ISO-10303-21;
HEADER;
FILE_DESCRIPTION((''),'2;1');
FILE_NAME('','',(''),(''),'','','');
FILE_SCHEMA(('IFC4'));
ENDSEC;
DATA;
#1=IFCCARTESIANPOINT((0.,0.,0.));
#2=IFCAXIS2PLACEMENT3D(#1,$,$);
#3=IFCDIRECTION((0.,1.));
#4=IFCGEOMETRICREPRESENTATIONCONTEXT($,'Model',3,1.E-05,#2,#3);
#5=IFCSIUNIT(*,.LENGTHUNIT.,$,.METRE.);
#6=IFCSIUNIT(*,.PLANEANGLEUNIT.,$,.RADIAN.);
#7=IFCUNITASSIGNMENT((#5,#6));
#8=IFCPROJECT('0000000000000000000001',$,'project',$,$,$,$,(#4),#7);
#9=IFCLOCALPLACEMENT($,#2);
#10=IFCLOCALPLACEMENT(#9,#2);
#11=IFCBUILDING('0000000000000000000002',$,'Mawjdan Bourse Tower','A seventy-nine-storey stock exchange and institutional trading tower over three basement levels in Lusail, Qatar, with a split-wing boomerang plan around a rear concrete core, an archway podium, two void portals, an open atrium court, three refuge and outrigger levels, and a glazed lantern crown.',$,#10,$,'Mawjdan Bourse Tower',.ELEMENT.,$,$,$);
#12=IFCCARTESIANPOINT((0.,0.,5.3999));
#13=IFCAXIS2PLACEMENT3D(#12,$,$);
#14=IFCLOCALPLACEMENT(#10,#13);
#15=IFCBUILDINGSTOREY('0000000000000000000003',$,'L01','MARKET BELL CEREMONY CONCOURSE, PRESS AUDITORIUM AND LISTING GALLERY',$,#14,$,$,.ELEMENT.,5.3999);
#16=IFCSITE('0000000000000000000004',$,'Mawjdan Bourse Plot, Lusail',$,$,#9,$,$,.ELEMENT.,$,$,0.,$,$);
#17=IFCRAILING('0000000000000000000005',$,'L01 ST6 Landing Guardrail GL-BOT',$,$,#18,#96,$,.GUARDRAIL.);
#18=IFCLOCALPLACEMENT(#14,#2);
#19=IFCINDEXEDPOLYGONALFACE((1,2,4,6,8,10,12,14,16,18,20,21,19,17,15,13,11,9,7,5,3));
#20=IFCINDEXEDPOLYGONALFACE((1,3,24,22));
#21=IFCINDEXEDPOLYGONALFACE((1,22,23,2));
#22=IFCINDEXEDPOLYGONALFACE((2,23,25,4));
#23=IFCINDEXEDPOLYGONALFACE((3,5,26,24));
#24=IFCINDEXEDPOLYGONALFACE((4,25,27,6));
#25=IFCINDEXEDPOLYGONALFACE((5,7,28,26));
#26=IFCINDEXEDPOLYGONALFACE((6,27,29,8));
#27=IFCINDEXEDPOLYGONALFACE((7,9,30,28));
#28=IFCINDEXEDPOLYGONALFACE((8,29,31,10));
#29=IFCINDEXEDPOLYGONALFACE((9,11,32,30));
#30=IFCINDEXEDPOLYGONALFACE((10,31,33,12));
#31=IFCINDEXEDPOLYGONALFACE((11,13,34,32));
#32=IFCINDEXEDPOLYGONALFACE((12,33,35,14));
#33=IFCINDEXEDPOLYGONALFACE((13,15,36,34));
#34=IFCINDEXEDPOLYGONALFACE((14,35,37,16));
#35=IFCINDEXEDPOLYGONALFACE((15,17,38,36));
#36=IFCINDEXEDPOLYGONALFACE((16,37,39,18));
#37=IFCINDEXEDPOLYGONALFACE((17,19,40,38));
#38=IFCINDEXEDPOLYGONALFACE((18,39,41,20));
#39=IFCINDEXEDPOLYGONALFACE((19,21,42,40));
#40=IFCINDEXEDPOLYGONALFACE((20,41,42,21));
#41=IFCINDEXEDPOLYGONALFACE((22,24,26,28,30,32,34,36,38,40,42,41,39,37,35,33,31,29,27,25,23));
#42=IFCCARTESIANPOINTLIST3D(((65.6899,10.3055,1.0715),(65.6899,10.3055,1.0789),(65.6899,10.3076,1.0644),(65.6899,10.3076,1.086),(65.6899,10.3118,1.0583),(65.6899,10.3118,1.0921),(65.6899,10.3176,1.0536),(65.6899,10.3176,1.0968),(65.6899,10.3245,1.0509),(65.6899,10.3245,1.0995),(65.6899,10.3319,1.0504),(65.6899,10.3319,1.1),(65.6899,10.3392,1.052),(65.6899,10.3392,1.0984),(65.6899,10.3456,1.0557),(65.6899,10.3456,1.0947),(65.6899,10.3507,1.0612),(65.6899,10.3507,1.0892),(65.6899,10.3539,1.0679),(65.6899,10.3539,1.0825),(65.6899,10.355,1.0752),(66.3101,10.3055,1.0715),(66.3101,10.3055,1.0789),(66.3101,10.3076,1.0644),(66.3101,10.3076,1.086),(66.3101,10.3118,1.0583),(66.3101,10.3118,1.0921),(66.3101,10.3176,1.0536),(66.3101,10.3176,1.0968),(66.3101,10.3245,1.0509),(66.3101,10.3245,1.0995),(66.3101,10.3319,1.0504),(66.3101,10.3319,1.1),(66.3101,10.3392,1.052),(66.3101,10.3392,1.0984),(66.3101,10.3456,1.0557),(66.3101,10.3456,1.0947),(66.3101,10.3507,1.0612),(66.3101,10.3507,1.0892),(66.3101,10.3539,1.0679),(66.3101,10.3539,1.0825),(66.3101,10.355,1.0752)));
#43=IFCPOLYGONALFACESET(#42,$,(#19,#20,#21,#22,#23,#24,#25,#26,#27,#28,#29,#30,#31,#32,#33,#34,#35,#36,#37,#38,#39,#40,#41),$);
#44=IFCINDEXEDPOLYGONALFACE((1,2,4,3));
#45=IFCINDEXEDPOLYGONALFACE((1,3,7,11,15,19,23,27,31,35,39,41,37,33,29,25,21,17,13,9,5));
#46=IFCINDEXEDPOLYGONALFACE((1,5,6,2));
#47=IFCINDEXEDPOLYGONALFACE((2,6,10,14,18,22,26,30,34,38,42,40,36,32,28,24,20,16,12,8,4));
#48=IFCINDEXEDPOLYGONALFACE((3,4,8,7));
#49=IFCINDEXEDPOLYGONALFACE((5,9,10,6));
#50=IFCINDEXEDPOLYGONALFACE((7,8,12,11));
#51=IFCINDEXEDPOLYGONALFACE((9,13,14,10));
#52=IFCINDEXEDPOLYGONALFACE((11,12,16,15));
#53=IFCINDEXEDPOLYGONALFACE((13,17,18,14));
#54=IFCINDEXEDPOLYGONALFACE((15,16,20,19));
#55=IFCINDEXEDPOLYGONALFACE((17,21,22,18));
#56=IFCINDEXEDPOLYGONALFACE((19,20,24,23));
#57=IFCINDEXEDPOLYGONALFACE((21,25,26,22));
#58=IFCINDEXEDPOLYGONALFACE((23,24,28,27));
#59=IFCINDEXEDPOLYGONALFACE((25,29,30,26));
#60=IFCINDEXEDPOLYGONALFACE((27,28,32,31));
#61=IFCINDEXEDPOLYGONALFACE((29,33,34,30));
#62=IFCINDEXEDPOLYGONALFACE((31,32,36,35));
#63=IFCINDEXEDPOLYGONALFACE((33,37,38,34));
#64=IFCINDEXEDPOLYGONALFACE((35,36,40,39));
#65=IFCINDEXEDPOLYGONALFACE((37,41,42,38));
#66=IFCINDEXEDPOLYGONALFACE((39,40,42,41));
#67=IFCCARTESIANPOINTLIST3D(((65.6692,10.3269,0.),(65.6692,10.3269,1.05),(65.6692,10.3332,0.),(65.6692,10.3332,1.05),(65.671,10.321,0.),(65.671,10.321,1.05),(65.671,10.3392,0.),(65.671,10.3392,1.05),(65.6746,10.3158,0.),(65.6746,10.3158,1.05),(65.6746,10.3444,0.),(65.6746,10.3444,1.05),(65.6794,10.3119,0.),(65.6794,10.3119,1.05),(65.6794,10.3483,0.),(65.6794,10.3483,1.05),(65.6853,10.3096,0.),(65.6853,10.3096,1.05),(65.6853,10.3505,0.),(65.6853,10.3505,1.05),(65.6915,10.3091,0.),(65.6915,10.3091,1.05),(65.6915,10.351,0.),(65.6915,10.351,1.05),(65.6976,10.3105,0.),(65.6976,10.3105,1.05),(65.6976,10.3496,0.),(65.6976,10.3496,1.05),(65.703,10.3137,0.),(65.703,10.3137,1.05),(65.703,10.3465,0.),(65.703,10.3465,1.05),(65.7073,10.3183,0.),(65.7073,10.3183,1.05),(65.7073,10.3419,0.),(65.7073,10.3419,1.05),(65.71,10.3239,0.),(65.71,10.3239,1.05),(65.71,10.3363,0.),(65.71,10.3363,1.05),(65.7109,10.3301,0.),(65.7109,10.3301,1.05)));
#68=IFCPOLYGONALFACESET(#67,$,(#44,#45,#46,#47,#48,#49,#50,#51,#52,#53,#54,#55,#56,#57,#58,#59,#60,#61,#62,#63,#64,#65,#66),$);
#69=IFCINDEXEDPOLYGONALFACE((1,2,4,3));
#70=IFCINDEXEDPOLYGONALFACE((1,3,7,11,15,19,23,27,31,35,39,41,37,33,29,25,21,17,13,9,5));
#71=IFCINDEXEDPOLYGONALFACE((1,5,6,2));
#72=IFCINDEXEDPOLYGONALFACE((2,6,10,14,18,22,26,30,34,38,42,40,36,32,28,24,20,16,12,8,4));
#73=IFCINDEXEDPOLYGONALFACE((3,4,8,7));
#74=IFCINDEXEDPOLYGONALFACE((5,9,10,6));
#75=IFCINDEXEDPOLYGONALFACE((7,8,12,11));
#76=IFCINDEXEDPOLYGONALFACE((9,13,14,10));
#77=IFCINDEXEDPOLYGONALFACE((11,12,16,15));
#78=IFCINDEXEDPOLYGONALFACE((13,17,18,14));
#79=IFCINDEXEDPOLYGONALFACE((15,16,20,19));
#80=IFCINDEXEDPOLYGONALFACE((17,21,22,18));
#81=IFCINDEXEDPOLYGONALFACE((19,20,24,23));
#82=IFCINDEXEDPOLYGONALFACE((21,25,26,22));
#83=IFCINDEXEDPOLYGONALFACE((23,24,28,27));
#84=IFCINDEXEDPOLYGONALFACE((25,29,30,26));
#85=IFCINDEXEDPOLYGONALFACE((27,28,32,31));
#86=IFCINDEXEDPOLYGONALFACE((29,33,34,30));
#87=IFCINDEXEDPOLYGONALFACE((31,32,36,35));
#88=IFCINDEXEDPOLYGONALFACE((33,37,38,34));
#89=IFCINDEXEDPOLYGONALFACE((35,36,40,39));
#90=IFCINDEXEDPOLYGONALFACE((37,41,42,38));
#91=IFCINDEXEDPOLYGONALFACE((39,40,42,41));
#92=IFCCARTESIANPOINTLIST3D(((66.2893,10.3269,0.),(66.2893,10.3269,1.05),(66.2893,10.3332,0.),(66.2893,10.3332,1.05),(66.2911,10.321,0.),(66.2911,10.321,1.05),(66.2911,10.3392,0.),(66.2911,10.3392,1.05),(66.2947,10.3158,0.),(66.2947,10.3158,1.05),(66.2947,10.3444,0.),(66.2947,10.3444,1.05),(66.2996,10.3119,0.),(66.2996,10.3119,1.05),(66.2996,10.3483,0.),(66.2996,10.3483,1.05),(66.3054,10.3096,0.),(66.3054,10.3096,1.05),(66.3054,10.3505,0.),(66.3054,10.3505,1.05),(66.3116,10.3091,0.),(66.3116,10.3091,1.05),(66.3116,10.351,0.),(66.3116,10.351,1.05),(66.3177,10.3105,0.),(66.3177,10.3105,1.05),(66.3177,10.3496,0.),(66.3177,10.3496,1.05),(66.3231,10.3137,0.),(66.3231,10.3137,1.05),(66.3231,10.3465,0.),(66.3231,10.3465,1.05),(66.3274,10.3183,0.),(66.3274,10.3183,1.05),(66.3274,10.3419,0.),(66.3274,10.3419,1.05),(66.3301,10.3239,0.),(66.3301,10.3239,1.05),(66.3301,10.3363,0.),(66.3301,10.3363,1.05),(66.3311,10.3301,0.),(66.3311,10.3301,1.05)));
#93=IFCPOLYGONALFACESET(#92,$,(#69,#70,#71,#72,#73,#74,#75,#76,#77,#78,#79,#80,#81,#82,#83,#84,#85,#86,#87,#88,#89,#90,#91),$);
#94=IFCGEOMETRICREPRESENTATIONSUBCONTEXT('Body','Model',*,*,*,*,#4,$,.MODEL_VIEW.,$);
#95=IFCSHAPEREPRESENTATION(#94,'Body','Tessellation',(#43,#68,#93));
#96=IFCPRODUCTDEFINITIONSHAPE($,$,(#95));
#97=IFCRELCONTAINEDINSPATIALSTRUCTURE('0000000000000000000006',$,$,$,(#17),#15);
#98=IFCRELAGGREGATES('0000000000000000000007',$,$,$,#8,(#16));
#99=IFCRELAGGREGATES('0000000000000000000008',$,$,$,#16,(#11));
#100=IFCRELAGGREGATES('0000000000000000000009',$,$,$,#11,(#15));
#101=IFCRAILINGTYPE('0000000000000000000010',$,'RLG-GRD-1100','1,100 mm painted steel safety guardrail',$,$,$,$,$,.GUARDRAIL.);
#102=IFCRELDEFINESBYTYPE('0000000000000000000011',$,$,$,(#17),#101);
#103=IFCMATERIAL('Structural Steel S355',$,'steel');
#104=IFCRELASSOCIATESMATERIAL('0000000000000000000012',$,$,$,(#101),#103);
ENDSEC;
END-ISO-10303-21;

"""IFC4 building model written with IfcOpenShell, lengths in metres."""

from ifc_helpers import new_model, si_unit, direction, frame, origin, origin_2d, place, context, subcontext, project, spatial, circle, extrude, material, type_object, element, save


model = new_model("IFC4")

# Units and contexts
model_context = context("Model", 3, precision=1e-05, world=origin(), true_north=direction((0.0, 1.0)))
body_context = subcontext(model_context, "Body", "Model", "MODEL_VIEW")
ifc_project = project(units=[si_unit("LENGTHUNIT", "METRE"), si_unit("PLANEANGLEUNIT", "RADIAN")], contexts=[model_context])

# Site, building, storey
site_placement = place(None, origin())
site = spatial("IfcSite", under=ifc_project, at=site_placement, Name="Mawjdan Bourse Plot, Lusail", CompositionType="ELEMENT", RefElevation=0.0)
building_placement = place(site_placement, origin())
building = spatial("IfcBuilding", under=site, at=building_placement, Name="Mawjdan Bourse Tower", Description="A seventy-nine-storey stock exchange and institutional trading tower over three basement levels in Lusail, Qatar, with a split-wing boomerang plan around a rear concrete core, an archway podium, two void portals, an open atrium court, three refuge and outrigger levels, and a glazed lantern crown.", LongName="Mawjdan Bourse Tower", CompositionType="ELEMENT")
storey_placement = place(building_placement, frame((0.0, 0.0, 5.3999)))
storey = spatial("IfcBuildingStorey", under=building, at=storey_placement, Name="L01", Description="MARKET BELL CEREMONY CONCOURSE, PRESS AUDITORIUM AND LISTING GALLERY", CompositionType="ELEMENT", Elevation=5.3999)

# Shared definitions
ifc_material_1 = material(Name="Structural Steel S355", Category="steel")

# Railing
railing_type_1 = type_object("IfcRailingType", Name="RLG-GRD-1100", Description="1,100 mm painted steel safety guardrail", PredefinedType="GUARDRAIL", material=ifc_material_1)
railing_1_placement = place(storey_placement, frame((65.6899, 10.3301, 0.0)))
element("IfcRailing", 1, at=railing_1_placement, inside=storey, type_object=railing_type_1, Name="L01 ST6 Landing Guardrail GL-BOT", PredefinedType="GUARDRAIL", context=body_context, shape_type="SweptSolid", body=[
    extrude(circle(Radius=0.0249, at=origin_2d()), frame((0.0, 0.0, 1.0752), z_axis=(1.0, 0.0, 0.0), x_axis=(0.0, 1.0, 0.0)), (0.0, 0.0, 1.0), 0.6201),
    extrude(circle(Radius=0.021, at=origin_2d()), origin(), (0.0, 0.0, 1.0), 1.05),
    extrude(circle(Radius=0.021, at=origin_2d()), frame((0.6201, 0.0, 0.0)), (0.0, 0.0, 1.0), 1.05),
])

save(model, "model.ifc")
